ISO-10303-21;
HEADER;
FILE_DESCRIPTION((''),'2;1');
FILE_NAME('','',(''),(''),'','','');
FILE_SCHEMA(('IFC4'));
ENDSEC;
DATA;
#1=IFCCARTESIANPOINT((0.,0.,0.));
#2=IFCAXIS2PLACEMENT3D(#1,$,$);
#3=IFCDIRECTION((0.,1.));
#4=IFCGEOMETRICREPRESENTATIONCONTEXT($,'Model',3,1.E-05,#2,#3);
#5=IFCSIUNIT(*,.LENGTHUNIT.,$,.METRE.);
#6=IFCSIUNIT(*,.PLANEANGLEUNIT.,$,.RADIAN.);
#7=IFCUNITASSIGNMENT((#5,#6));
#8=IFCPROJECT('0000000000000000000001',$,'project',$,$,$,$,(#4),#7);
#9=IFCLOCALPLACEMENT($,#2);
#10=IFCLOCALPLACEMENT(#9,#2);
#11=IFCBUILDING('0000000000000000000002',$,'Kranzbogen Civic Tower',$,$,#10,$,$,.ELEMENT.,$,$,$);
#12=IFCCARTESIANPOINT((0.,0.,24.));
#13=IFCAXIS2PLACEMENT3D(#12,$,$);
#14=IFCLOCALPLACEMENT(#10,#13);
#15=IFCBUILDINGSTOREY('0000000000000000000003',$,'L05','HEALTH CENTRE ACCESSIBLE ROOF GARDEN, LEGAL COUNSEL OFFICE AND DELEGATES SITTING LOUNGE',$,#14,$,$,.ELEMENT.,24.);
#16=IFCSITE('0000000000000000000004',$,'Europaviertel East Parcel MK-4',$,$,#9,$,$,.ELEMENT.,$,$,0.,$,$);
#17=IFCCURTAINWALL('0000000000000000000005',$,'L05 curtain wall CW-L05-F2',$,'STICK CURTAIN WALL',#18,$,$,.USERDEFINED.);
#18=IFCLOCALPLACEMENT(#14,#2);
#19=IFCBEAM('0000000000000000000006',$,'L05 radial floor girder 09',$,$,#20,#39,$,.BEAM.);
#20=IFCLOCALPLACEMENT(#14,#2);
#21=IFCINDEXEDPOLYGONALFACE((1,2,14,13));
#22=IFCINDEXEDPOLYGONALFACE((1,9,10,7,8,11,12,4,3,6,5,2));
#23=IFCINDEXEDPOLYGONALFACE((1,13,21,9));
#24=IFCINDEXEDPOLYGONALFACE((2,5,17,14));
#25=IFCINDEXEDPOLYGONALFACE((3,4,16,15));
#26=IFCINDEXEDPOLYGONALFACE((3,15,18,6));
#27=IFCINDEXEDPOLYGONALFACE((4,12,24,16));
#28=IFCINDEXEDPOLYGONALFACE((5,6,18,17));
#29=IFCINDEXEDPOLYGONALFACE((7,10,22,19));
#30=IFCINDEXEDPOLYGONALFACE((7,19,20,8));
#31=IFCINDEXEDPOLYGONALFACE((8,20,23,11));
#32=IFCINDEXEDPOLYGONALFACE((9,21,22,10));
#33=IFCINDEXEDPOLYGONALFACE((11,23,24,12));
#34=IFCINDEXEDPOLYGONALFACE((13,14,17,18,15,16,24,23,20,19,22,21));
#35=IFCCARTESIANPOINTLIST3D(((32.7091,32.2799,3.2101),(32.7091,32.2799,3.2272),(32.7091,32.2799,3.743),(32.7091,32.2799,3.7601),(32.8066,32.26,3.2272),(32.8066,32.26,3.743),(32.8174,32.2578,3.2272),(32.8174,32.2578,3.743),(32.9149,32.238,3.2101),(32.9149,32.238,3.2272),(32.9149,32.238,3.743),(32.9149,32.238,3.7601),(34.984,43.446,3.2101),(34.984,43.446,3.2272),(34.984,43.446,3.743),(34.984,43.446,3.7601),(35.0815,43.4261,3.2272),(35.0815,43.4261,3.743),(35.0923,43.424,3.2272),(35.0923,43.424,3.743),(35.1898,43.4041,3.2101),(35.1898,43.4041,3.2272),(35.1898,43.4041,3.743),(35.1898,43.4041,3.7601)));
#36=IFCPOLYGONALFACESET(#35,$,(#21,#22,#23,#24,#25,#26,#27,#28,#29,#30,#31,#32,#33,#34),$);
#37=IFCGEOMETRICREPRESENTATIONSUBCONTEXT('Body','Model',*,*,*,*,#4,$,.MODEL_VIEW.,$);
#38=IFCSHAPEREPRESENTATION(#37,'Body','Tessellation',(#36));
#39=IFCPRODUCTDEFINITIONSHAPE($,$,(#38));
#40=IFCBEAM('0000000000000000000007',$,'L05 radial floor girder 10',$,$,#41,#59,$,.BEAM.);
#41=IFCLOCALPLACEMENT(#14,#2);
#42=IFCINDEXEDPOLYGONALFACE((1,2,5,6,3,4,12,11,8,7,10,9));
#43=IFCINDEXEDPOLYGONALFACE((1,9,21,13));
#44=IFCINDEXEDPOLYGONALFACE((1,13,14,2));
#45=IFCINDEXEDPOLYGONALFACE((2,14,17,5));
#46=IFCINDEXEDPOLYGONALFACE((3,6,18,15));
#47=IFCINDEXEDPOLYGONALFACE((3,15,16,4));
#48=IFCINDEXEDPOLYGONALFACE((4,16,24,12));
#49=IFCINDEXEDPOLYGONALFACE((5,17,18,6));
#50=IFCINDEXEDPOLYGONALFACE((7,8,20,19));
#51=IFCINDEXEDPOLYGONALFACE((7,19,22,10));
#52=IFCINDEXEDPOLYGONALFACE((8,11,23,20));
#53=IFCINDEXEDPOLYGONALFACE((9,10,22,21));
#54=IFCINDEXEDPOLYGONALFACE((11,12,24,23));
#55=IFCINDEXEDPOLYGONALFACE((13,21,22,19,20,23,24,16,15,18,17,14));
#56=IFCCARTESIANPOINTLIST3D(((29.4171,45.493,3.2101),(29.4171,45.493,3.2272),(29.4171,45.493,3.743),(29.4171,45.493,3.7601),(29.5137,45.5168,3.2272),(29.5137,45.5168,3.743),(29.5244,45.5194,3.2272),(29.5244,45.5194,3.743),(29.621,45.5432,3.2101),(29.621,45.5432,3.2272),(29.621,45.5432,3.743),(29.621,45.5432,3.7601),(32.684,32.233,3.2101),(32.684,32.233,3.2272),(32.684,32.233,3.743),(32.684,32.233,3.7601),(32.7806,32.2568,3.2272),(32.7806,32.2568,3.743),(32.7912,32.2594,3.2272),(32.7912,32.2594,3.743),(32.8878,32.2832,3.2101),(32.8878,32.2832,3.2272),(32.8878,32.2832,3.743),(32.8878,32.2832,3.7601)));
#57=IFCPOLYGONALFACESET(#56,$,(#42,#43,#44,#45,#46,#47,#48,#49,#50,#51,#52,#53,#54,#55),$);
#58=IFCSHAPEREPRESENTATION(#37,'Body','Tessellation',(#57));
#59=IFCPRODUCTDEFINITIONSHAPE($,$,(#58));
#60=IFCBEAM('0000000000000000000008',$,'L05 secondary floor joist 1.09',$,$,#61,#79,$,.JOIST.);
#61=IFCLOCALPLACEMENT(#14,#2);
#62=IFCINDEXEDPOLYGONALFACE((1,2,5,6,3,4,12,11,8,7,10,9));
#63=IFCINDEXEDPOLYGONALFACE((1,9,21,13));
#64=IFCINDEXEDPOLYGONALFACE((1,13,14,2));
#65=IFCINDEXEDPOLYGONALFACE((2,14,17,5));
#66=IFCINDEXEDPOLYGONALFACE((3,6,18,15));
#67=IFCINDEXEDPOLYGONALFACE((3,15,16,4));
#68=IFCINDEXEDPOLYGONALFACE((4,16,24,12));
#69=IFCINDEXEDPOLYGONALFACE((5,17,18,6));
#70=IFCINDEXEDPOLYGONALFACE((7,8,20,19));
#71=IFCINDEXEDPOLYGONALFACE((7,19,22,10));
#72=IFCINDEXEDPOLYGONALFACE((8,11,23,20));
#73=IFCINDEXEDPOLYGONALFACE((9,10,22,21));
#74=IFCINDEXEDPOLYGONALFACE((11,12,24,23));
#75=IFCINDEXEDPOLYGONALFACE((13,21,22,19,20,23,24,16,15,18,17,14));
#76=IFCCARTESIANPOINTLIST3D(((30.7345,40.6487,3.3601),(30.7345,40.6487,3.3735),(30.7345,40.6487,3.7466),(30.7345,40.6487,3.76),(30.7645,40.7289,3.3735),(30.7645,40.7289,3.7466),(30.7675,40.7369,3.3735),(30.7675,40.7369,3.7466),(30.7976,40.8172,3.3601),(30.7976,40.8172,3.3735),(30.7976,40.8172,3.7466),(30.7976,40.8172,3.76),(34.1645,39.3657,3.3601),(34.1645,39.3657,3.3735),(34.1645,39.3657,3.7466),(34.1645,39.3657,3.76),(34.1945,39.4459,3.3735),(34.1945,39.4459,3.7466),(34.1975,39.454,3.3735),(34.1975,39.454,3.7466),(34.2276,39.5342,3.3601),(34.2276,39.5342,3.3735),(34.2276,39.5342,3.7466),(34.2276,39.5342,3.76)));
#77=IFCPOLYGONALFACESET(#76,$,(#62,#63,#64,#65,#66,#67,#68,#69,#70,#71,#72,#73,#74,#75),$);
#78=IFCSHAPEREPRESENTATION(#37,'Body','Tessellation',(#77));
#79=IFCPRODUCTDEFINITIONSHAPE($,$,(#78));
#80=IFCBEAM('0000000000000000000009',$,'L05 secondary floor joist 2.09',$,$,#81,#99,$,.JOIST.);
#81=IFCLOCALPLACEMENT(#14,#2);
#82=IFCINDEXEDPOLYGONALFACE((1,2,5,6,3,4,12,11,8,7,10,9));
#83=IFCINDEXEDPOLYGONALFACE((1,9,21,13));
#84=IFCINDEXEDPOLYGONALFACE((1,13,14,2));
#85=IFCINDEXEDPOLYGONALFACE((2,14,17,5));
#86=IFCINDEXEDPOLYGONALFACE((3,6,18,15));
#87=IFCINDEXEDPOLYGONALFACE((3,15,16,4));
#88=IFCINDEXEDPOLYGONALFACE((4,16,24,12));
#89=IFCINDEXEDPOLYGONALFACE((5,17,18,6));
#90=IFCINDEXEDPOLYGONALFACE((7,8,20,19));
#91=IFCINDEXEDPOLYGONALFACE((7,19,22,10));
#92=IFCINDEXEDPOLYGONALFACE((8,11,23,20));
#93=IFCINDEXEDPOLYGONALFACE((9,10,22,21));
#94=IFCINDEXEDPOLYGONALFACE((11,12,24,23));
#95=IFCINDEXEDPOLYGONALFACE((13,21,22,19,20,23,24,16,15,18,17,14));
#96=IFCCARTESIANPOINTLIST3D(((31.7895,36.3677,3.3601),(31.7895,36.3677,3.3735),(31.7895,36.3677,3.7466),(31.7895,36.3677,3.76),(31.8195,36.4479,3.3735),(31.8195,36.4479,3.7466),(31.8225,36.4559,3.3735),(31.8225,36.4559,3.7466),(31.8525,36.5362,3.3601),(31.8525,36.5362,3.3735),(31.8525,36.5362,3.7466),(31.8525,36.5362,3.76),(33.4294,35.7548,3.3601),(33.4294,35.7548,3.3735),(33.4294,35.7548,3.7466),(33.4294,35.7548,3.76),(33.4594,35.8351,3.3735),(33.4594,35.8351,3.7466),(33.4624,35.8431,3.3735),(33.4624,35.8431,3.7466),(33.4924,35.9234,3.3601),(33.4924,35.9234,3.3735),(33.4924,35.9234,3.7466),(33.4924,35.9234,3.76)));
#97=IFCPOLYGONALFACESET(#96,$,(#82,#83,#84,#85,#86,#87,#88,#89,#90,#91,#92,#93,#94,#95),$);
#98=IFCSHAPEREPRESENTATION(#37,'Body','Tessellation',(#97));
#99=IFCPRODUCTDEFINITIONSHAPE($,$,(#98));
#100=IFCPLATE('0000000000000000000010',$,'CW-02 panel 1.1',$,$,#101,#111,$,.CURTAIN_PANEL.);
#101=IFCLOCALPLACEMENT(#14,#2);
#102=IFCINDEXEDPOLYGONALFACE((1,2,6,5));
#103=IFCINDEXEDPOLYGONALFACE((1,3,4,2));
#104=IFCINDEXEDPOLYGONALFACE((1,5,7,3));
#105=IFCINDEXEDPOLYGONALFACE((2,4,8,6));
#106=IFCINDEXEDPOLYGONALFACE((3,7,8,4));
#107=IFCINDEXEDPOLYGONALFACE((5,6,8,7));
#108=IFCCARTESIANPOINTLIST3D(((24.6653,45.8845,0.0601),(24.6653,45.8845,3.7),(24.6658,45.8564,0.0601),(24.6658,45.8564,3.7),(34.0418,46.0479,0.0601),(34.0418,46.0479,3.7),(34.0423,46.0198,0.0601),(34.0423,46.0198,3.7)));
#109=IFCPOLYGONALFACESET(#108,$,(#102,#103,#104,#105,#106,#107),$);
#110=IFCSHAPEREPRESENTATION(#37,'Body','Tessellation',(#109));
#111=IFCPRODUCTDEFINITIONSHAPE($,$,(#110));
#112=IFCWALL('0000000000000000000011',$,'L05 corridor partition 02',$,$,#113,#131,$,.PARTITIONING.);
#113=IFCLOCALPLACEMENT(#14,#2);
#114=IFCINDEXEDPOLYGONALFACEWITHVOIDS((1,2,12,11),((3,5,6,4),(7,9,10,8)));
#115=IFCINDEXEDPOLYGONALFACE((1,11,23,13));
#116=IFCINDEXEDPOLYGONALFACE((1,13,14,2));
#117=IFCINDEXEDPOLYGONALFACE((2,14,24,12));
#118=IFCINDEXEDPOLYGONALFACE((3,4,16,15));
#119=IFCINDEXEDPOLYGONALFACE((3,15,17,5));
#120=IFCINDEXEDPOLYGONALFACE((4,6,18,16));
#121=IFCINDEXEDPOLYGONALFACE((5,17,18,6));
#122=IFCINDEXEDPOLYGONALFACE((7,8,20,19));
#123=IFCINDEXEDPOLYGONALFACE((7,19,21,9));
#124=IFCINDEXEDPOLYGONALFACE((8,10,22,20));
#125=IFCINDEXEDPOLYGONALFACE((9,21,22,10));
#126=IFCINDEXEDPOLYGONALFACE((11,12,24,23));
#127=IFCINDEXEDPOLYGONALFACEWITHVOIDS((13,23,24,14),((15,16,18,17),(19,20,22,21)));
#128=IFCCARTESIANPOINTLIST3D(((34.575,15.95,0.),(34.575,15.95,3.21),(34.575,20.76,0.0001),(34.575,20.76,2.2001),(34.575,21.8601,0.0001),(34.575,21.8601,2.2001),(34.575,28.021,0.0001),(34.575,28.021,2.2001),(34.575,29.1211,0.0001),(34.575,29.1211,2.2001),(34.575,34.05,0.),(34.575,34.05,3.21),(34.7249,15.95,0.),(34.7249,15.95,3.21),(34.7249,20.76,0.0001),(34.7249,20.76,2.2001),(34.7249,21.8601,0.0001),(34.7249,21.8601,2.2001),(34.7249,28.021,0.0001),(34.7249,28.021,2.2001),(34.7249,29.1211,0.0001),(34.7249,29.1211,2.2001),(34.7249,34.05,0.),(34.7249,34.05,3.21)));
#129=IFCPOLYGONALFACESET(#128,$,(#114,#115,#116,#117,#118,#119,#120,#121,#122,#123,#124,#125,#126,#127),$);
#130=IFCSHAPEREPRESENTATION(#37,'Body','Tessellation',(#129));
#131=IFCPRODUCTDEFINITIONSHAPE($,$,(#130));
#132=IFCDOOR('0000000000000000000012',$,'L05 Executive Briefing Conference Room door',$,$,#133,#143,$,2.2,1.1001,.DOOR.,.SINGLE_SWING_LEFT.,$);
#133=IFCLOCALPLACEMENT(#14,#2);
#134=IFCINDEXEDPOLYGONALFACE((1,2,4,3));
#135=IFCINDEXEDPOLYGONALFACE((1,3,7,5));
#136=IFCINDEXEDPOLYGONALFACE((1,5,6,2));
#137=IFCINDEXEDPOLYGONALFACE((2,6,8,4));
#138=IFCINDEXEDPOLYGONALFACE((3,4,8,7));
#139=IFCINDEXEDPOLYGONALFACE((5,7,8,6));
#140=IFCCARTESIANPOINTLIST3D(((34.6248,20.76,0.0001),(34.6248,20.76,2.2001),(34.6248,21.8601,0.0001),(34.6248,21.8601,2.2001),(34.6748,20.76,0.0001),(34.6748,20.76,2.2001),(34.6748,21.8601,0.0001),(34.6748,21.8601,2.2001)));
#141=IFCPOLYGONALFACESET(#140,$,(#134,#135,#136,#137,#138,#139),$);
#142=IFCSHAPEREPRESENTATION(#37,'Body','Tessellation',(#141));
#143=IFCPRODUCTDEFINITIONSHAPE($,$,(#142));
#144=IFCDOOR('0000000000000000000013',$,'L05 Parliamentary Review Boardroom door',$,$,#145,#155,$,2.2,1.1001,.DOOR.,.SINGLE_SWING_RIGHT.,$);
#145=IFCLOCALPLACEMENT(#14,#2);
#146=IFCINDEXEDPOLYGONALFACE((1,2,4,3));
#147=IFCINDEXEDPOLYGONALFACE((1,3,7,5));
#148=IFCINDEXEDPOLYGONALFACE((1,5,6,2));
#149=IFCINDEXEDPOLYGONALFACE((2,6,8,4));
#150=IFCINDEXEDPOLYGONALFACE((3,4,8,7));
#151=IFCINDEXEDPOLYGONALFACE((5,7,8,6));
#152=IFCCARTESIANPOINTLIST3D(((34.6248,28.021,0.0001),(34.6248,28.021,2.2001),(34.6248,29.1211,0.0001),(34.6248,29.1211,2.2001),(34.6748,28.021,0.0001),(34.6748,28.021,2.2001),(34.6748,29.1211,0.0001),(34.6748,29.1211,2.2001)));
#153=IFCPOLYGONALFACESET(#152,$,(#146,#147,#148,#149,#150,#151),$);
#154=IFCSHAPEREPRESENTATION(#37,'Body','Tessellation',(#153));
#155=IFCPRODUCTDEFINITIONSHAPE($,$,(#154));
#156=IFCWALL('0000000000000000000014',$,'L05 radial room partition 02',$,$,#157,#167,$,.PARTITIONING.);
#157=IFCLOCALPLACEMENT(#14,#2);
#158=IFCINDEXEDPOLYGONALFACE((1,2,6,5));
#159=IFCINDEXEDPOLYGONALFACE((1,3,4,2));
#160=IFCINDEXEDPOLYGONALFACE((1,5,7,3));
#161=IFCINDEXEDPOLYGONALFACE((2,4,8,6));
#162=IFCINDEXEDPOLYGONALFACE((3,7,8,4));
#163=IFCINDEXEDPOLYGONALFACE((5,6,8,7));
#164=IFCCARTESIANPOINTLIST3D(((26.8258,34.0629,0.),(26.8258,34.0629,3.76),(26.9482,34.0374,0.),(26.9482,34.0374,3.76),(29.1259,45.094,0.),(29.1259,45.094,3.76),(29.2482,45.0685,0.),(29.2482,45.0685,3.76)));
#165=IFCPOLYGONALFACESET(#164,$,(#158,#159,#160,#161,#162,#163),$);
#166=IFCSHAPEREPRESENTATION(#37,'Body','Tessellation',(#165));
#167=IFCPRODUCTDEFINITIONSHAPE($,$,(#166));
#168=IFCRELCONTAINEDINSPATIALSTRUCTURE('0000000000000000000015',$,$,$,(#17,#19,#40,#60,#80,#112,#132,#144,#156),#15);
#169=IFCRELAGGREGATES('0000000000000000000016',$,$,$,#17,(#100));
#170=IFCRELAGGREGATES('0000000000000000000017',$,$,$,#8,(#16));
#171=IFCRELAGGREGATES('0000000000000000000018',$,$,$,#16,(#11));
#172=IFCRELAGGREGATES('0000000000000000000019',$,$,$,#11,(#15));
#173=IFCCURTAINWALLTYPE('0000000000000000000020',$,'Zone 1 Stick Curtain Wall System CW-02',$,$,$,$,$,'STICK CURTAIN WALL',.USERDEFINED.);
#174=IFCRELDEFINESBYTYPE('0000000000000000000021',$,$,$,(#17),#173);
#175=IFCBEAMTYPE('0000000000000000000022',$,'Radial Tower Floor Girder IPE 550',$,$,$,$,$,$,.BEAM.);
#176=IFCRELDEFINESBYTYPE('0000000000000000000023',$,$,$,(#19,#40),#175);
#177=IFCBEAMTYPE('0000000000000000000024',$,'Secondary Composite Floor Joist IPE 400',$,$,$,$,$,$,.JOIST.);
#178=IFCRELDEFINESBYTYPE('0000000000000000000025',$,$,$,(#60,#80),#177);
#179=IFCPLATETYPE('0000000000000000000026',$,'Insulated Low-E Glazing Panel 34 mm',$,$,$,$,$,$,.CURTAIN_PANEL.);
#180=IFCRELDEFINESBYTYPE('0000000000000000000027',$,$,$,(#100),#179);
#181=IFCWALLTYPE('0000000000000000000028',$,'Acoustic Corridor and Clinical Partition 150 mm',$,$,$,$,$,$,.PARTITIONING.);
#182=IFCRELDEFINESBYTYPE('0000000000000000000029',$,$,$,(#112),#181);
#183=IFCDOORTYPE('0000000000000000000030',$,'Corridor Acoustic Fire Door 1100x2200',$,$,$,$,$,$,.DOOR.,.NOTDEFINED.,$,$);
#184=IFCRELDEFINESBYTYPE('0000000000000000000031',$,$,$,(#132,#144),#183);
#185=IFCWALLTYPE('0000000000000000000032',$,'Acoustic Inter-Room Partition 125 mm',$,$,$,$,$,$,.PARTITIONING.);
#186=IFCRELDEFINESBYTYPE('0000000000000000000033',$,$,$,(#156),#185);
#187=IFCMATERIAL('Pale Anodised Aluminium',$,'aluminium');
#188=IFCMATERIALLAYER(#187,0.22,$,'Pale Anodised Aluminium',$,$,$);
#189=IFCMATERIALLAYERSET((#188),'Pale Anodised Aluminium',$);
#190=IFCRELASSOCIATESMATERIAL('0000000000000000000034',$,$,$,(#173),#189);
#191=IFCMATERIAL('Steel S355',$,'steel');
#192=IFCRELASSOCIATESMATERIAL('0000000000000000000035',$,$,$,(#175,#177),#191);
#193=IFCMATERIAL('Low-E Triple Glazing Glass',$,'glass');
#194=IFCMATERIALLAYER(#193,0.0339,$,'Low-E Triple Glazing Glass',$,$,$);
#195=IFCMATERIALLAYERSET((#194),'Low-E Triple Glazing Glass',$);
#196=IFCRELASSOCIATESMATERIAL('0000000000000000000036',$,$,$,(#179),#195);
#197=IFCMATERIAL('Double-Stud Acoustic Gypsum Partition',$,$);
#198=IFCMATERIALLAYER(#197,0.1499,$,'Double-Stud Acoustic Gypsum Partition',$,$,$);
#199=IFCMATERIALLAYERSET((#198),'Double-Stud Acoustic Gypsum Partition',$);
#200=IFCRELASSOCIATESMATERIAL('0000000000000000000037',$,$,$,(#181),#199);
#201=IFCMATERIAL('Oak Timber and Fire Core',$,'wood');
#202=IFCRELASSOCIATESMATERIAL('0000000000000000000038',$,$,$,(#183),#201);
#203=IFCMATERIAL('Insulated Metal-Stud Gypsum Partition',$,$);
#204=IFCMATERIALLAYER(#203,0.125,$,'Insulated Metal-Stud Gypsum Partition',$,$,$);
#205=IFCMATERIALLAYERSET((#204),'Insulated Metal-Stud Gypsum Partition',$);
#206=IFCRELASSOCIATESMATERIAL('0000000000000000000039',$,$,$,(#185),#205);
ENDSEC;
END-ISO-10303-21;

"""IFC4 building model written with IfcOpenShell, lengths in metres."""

from ifc_helpers import new_model, si_unit, direction, frame, frame_2d, origin, origin_2d, place, context, subcontext, project, spatial, rectangle, i_section, extrude, material, layer, layer_set, material_profile, profile_set, type_object, element, fill, aggregate, save


model = new_model("IFC4")

# Units and contexts
model_context = context("Model", 3, precision=1e-05, world=origin(), true_north=direction((0.0, 1.0)))
body_context = subcontext(model_context, "Body", "Model", "MODEL_VIEW")
ifc_project = project(units=[si_unit("LENGTHUNIT", "METRE"), si_unit("PLANEANGLEUNIT", "RADIAN")], contexts=[model_context])

# Site, building, storey
site_placement = place(None, origin())
site = spatial("IfcSite", under=ifc_project, at=site_placement, Name="Europaviertel East Parcel MK-4", CompositionType="ELEMENT", RefElevation=0.0)
building_placement = place(site_placement, origin())
building = spatial("IfcBuilding", under=site, at=building_placement, Name="Kranzbogen Civic Tower", CompositionType="ELEMENT")
storey_placement = place(building_placement, frame((0.0, 0.0, 24.0)))
storey = spatial("IfcBuildingStorey", under=building, at=storey_placement, Name="L05", Description="HEALTH CENTRE ACCESSIBLE ROOF GARDEN, LEGAL COUNSEL OFFICE AND DELEGATES SITTING LOUNGE", CompositionType="ELEMENT", Elevation=24.0)

# Shared definitions
ifc_material_1 = material(Name="Steel S355", Category="steel")

# Shared definitions
ifc_material_2 = material(Name="Pale Anodised Aluminium", Category="aluminium")
ifc_layer_1 = layer(ifc_material_2, 0.22, Name="Pale Anodised Aluminium")
ifc_layer_set_1 = layer_set([ifc_layer_1], Name="Pale Anodised Aluminium")
curtain_wall_type = type_object("IfcCurtainWallType", Name="Zone 1 Stick Curtain Wall System CW-02", ElementType="STICK CURTAIN WALL", PredefinedType="USERDEFINED", material=ifc_layer_set_1)

# Curtain wall
curtain_wall_1_placement = place(storey_placement, origin())
curtain_wall_1 = element("IfcCurtainWall", 1, at=curtain_wall_1_placement, inside=storey, type_object=curtain_wall_type, Name="L05 curtain wall CW-L05-F2", ObjectType="STICK CURTAIN WALL", PredefinedType="USERDEFINED")

# Beams
ifc_material_profile_1 = material_profile(ifc_material_1, i_section(OverallWidth=0.21, OverallDepth=0.55, WebThickness=0.011, FlangeThickness=0.0171, at=origin_2d()), Name="IPE 550")
ifc_profile_set_1 = profile_set([ifc_material_profile_1], Name="Steel S355")
beam_type_1 = type_object("IfcBeamType", Name="Radial Tower Floor Girder IPE 550", PredefinedType="BEAM", material=ifc_profile_set_1)
beam_1_placement = place(storey_placement, frame((35.0869, 43.425, 3.4851), z_axis=(-0.199633, -0.979871, 0.0), x_axis=(0.979871, -0.199633, 0.0)))
element("IfcBeam", 2, at=beam_1_placement, inside=storey, type_object=beam_type_1, Name="L05 radial floor girder 09", PredefinedType="BEAM", context=body_context, shape_type="SweptSolid", body=[
    extrude(i_section(OverallWidth=0.21, OverallDepth=0.55, WebThickness=0.011, FlangeThickness=0.0171, at=origin_2d()), origin(), (0.0, 0.0, 1.0), 11.3955),
])
beam_2_placement = place(storey_placement, frame((29.519, 45.5181, 3.4851), z_axis=(0.239215, -0.970967, 0.0), x_axis=(0.970967, 0.239215, 0.0)))
element("IfcBeam", 3, at=beam_2_placement, inside=storey, type_object=beam_type_1, Name="L05 radial floor girder 10", PredefinedType="BEAM", context=body_context, shape_type="SweptSolid", body=[
    extrude(i_section(OverallWidth=0.21, OverallDepth=0.55, WebThickness=0.011, FlangeThickness=0.0171, at=origin_2d()), origin(), (0.0, 0.0, 1.0), 13.6565),
])
ifc_material_profile_2 = material_profile(ifc_material_1, i_section(OverallWidth=0.1799, OverallDepth=0.3999, WebThickness=0.0085, FlangeThickness=0.0134, at=origin_2d()), Name="IPE 400")
ifc_profile_set_2 = profile_set([ifc_material_profile_2], Name="Steel S355")
beam_type_2 = type_object("IfcBeamType", Name="Secondary Composite Floor Joist IPE 400", PredefinedType="JOIST", material=ifc_profile_set_2)
beam_3_placement = place(storey_placement, frame((34.196, 39.45, 3.5601), z_axis=(-0.936622, 0.350342, 0.0), x_axis=(-0.350342, -0.936622, 0.0)))
element("IfcBeam", 4, at=beam_3_placement, inside=storey, type_object=beam_type_2, Name="L05 secondary floor joist 1.09", PredefinedType="JOIST", context=body_context, shape_type="SweptSolid", body=[
    extrude(i_section(OverallWidth=0.1799, OverallDepth=0.3999, WebThickness=0.0085, FlangeThickness=0.0134, at=origin_2d()), origin(), (0.0, 0.0, 1.0), 3.6621),
])
beam_4_placement = place(storey_placement, frame((33.4609, 35.8391, 3.5601), z_axis=(-0.936735, 0.350038, 0.0), x_axis=(-0.350038, -0.936735, 0.0)))
element("IfcBeam", 5, at=beam_4_placement, inside=storey, type_object=beam_type_2, Name="L05 secondary floor joist 2.09", PredefinedType="JOIST", context=body_context, shape_type="SweptSolid", body=[
    extrude(i_section(OverallWidth=0.1799, OverallDepth=0.3999, WebThickness=0.0085, FlangeThickness=0.0134, at=origin_2d()), origin(), (0.0, 0.0, 1.0), 1.7507),
])

# Plate
ifc_material_3 = material(Name="Low-E Triple Glazing Glass", Category="glass")
ifc_layer_2 = layer(ifc_material_3, 0.0339, Name="Low-E Triple Glazing Glass")
ifc_layer_set_2 = layer_set([ifc_layer_2], Name="Low-E Triple Glazing Glass")
plate_type = type_object("IfcPlateType", Name="Insulated Low-E Glazing Panel 34 mm", PredefinedType="CURTAIN_PANEL", material=ifc_layer_set_2)
plate_placement = place(storey_placement, frame((29.3538, 45.9521, 0.0601), z_axis=(0.0, 0.0, 1.0), x_axis=(-0.999848, -0.017427, 0.0)))
plate = element("IfcPlate", 6, at=plate_placement, type_object=plate_type, Name="CW-02 panel 1.1", PredefinedType="CURTAIN_PANEL", context=body_context, shape_type="SweptSolid", body=[
    extrude(rectangle(XDim=9.3779, YDim=0.0281, at=origin_2d()), origin(), (0.0, 0.0, 1.0), 3.6399),
])
aggregate(curtain_wall_1, [plate])

# Wall, openings, doors
ifc_material_4 = material(Name="Double-Stud Acoustic Gypsum Partition")
ifc_layer_3 = layer(ifc_material_4, 0.1499, Name="Double-Stud Acoustic Gypsum Partition")
ifc_layer_set_3 = layer_set([ifc_layer_3], Name="Double-Stud Acoustic Gypsum Partition")
wall_type_1 = type_object("IfcWallType", Name="Acoustic Corridor and Clinical Partition 150 mm", PredefinedType="PARTITIONING", material=ifc_layer_set_3)
wall_1_placement = place(storey_placement, frame((34.6499, 34.05, 0.0), z_axis=(0.0, 0.0, 1.0), x_axis=(0.0, -1.0, 0.0)))
wall_1 = element("IfcWall", 7, at=wall_1_placement, inside=storey, type_object=wall_type_1, Name="L05 corridor partition 02", PredefinedType="PARTITIONING", context=body_context, shape_type="SweptSolid", body=[
    extrude(rectangle(XDim=18.1001, YDim=0.1499, at=frame_2d((9.05, 0.0))), origin(), (0.0, 0.0, 1.0), 3.21),
])
opening_1_placement = place(wall_1_placement, frame((12.1899, 0.0, 0.0)))
opening_1 = element("IfcOpeningElement", 8, at=opening_1_placement, cuts=wall_1, PredefinedType="OPENING", context=body_context, shape_type="SweptSolid", body=[
    extrude(rectangle(XDim=1.1001, YDim=2.2, at=frame_2d((0.55, 1.1001))), frame((0.0, 0.085, 0.0), z_axis=(0.0, -1.0, 0.0), x_axis=(1.0, 0.0, 0.0)), (0.0, 0.0, 1.0), 0.1699),
])
opening_2_placement = place(wall_1_placement, frame((4.929, 0.0, 0.0)))
opening_2 = element("IfcOpeningElement", 9, at=opening_2_placement, cuts=wall_1, PredefinedType="OPENING", context=body_context, shape_type="SweptSolid", body=[
    extrude(rectangle(XDim=1.1001, YDim=2.2, at=frame_2d((0.55, 1.1001))), frame((0.0, 0.085, 0.0), z_axis=(0.0, -1.0, 0.0), x_axis=(1.0, 0.0, 0.0)), (0.0, 0.0, 1.0), 0.1699),
])
ifc_material_5 = material(Name="Oak Timber and Fire Core", Category="wood")
door_type = type_object("IfcDoorType", Name="Corridor Acoustic Fire Door 1100x2200", OperationType="NOTDEFINED", PredefinedType="DOOR", material=ifc_material_5)
door_1_placement = place(opening_1_placement, origin())
door_1 = element("IfcDoor", 10, at=door_1_placement, inside=storey, type_object=door_type, Name="L05 Executive Briefing Conference Room door", OperationType="SINGLE_SWING_LEFT", OverallHeight=2.2, OverallWidth=1.1001, PredefinedType="DOOR", context=body_context, shape_type="SweptSolid", body=[
    extrude(rectangle(XDim=1.1001, YDim=2.2, at=frame_2d((0.55, 1.1001))), frame((0.0, 0.0249, 0.0), z_axis=(0.0, -1.0, 0.0), x_axis=(1.0, 0.0, 0.0)), (0.0, 0.0, 1.0), 0.05),
])
fill(opening_1, door_1)
door_2_placement = place(opening_2_placement, origin())
door_2 = element("IfcDoor", 11, at=door_2_placement, inside=storey, type_object=door_type, Name="L05 Parliamentary Review Boardroom door", OperationType="SINGLE_SWING_RIGHT", OverallHeight=2.2, OverallWidth=1.1001, PredefinedType="DOOR", context=body_context, shape_type="SweptSolid", body=[
    extrude(rectangle(XDim=1.1001, YDim=2.2, at=frame_2d((0.55, 1.1001))), frame((0.0, 0.0249, 0.0), z_axis=(0.0, -1.0, 0.0), x_axis=(1.0, 0.0, 0.0)), (0.0, 0.0, 1.0), 0.05),
])
fill(opening_2, door_2)

# Wall
ifc_material_6 = material(Name="Insulated Metal-Stud Gypsum Partition")
ifc_layer_4 = layer(ifc_material_6, 0.125, Name="Insulated Metal-Stud Gypsum Partition")
ifc_layer_set_4 = layer_set([ifc_layer_4], Name="Insulated Metal-Stud Gypsum Partition")
wall_type_2 = type_object("IfcWallType", Name="Acoustic Inter-Room Partition 125 mm", PredefinedType="PARTITIONING", material=ifc_layer_set_4)
wall_2_placement = place(storey_placement, frame((26.887, 34.05, 0.0), z_axis=(0.0, 0.0, 1.0), x_axis=(0.204118, 0.978946, 0.0)))
element("IfcWall", 12, at=wall_2_placement, inside=storey, type_object=wall_type_2, Name="L05 radial room partition 02", PredefinedType="PARTITIONING", context=body_context, shape_type="SweptSolid", body=[
    extrude(rectangle(XDim=11.2683, YDim=0.125, at=frame_2d((5.6343, 0.0))), origin(), (0.0, 0.0, 1.0), 3.76),
])

save(model, "model.ifc")
